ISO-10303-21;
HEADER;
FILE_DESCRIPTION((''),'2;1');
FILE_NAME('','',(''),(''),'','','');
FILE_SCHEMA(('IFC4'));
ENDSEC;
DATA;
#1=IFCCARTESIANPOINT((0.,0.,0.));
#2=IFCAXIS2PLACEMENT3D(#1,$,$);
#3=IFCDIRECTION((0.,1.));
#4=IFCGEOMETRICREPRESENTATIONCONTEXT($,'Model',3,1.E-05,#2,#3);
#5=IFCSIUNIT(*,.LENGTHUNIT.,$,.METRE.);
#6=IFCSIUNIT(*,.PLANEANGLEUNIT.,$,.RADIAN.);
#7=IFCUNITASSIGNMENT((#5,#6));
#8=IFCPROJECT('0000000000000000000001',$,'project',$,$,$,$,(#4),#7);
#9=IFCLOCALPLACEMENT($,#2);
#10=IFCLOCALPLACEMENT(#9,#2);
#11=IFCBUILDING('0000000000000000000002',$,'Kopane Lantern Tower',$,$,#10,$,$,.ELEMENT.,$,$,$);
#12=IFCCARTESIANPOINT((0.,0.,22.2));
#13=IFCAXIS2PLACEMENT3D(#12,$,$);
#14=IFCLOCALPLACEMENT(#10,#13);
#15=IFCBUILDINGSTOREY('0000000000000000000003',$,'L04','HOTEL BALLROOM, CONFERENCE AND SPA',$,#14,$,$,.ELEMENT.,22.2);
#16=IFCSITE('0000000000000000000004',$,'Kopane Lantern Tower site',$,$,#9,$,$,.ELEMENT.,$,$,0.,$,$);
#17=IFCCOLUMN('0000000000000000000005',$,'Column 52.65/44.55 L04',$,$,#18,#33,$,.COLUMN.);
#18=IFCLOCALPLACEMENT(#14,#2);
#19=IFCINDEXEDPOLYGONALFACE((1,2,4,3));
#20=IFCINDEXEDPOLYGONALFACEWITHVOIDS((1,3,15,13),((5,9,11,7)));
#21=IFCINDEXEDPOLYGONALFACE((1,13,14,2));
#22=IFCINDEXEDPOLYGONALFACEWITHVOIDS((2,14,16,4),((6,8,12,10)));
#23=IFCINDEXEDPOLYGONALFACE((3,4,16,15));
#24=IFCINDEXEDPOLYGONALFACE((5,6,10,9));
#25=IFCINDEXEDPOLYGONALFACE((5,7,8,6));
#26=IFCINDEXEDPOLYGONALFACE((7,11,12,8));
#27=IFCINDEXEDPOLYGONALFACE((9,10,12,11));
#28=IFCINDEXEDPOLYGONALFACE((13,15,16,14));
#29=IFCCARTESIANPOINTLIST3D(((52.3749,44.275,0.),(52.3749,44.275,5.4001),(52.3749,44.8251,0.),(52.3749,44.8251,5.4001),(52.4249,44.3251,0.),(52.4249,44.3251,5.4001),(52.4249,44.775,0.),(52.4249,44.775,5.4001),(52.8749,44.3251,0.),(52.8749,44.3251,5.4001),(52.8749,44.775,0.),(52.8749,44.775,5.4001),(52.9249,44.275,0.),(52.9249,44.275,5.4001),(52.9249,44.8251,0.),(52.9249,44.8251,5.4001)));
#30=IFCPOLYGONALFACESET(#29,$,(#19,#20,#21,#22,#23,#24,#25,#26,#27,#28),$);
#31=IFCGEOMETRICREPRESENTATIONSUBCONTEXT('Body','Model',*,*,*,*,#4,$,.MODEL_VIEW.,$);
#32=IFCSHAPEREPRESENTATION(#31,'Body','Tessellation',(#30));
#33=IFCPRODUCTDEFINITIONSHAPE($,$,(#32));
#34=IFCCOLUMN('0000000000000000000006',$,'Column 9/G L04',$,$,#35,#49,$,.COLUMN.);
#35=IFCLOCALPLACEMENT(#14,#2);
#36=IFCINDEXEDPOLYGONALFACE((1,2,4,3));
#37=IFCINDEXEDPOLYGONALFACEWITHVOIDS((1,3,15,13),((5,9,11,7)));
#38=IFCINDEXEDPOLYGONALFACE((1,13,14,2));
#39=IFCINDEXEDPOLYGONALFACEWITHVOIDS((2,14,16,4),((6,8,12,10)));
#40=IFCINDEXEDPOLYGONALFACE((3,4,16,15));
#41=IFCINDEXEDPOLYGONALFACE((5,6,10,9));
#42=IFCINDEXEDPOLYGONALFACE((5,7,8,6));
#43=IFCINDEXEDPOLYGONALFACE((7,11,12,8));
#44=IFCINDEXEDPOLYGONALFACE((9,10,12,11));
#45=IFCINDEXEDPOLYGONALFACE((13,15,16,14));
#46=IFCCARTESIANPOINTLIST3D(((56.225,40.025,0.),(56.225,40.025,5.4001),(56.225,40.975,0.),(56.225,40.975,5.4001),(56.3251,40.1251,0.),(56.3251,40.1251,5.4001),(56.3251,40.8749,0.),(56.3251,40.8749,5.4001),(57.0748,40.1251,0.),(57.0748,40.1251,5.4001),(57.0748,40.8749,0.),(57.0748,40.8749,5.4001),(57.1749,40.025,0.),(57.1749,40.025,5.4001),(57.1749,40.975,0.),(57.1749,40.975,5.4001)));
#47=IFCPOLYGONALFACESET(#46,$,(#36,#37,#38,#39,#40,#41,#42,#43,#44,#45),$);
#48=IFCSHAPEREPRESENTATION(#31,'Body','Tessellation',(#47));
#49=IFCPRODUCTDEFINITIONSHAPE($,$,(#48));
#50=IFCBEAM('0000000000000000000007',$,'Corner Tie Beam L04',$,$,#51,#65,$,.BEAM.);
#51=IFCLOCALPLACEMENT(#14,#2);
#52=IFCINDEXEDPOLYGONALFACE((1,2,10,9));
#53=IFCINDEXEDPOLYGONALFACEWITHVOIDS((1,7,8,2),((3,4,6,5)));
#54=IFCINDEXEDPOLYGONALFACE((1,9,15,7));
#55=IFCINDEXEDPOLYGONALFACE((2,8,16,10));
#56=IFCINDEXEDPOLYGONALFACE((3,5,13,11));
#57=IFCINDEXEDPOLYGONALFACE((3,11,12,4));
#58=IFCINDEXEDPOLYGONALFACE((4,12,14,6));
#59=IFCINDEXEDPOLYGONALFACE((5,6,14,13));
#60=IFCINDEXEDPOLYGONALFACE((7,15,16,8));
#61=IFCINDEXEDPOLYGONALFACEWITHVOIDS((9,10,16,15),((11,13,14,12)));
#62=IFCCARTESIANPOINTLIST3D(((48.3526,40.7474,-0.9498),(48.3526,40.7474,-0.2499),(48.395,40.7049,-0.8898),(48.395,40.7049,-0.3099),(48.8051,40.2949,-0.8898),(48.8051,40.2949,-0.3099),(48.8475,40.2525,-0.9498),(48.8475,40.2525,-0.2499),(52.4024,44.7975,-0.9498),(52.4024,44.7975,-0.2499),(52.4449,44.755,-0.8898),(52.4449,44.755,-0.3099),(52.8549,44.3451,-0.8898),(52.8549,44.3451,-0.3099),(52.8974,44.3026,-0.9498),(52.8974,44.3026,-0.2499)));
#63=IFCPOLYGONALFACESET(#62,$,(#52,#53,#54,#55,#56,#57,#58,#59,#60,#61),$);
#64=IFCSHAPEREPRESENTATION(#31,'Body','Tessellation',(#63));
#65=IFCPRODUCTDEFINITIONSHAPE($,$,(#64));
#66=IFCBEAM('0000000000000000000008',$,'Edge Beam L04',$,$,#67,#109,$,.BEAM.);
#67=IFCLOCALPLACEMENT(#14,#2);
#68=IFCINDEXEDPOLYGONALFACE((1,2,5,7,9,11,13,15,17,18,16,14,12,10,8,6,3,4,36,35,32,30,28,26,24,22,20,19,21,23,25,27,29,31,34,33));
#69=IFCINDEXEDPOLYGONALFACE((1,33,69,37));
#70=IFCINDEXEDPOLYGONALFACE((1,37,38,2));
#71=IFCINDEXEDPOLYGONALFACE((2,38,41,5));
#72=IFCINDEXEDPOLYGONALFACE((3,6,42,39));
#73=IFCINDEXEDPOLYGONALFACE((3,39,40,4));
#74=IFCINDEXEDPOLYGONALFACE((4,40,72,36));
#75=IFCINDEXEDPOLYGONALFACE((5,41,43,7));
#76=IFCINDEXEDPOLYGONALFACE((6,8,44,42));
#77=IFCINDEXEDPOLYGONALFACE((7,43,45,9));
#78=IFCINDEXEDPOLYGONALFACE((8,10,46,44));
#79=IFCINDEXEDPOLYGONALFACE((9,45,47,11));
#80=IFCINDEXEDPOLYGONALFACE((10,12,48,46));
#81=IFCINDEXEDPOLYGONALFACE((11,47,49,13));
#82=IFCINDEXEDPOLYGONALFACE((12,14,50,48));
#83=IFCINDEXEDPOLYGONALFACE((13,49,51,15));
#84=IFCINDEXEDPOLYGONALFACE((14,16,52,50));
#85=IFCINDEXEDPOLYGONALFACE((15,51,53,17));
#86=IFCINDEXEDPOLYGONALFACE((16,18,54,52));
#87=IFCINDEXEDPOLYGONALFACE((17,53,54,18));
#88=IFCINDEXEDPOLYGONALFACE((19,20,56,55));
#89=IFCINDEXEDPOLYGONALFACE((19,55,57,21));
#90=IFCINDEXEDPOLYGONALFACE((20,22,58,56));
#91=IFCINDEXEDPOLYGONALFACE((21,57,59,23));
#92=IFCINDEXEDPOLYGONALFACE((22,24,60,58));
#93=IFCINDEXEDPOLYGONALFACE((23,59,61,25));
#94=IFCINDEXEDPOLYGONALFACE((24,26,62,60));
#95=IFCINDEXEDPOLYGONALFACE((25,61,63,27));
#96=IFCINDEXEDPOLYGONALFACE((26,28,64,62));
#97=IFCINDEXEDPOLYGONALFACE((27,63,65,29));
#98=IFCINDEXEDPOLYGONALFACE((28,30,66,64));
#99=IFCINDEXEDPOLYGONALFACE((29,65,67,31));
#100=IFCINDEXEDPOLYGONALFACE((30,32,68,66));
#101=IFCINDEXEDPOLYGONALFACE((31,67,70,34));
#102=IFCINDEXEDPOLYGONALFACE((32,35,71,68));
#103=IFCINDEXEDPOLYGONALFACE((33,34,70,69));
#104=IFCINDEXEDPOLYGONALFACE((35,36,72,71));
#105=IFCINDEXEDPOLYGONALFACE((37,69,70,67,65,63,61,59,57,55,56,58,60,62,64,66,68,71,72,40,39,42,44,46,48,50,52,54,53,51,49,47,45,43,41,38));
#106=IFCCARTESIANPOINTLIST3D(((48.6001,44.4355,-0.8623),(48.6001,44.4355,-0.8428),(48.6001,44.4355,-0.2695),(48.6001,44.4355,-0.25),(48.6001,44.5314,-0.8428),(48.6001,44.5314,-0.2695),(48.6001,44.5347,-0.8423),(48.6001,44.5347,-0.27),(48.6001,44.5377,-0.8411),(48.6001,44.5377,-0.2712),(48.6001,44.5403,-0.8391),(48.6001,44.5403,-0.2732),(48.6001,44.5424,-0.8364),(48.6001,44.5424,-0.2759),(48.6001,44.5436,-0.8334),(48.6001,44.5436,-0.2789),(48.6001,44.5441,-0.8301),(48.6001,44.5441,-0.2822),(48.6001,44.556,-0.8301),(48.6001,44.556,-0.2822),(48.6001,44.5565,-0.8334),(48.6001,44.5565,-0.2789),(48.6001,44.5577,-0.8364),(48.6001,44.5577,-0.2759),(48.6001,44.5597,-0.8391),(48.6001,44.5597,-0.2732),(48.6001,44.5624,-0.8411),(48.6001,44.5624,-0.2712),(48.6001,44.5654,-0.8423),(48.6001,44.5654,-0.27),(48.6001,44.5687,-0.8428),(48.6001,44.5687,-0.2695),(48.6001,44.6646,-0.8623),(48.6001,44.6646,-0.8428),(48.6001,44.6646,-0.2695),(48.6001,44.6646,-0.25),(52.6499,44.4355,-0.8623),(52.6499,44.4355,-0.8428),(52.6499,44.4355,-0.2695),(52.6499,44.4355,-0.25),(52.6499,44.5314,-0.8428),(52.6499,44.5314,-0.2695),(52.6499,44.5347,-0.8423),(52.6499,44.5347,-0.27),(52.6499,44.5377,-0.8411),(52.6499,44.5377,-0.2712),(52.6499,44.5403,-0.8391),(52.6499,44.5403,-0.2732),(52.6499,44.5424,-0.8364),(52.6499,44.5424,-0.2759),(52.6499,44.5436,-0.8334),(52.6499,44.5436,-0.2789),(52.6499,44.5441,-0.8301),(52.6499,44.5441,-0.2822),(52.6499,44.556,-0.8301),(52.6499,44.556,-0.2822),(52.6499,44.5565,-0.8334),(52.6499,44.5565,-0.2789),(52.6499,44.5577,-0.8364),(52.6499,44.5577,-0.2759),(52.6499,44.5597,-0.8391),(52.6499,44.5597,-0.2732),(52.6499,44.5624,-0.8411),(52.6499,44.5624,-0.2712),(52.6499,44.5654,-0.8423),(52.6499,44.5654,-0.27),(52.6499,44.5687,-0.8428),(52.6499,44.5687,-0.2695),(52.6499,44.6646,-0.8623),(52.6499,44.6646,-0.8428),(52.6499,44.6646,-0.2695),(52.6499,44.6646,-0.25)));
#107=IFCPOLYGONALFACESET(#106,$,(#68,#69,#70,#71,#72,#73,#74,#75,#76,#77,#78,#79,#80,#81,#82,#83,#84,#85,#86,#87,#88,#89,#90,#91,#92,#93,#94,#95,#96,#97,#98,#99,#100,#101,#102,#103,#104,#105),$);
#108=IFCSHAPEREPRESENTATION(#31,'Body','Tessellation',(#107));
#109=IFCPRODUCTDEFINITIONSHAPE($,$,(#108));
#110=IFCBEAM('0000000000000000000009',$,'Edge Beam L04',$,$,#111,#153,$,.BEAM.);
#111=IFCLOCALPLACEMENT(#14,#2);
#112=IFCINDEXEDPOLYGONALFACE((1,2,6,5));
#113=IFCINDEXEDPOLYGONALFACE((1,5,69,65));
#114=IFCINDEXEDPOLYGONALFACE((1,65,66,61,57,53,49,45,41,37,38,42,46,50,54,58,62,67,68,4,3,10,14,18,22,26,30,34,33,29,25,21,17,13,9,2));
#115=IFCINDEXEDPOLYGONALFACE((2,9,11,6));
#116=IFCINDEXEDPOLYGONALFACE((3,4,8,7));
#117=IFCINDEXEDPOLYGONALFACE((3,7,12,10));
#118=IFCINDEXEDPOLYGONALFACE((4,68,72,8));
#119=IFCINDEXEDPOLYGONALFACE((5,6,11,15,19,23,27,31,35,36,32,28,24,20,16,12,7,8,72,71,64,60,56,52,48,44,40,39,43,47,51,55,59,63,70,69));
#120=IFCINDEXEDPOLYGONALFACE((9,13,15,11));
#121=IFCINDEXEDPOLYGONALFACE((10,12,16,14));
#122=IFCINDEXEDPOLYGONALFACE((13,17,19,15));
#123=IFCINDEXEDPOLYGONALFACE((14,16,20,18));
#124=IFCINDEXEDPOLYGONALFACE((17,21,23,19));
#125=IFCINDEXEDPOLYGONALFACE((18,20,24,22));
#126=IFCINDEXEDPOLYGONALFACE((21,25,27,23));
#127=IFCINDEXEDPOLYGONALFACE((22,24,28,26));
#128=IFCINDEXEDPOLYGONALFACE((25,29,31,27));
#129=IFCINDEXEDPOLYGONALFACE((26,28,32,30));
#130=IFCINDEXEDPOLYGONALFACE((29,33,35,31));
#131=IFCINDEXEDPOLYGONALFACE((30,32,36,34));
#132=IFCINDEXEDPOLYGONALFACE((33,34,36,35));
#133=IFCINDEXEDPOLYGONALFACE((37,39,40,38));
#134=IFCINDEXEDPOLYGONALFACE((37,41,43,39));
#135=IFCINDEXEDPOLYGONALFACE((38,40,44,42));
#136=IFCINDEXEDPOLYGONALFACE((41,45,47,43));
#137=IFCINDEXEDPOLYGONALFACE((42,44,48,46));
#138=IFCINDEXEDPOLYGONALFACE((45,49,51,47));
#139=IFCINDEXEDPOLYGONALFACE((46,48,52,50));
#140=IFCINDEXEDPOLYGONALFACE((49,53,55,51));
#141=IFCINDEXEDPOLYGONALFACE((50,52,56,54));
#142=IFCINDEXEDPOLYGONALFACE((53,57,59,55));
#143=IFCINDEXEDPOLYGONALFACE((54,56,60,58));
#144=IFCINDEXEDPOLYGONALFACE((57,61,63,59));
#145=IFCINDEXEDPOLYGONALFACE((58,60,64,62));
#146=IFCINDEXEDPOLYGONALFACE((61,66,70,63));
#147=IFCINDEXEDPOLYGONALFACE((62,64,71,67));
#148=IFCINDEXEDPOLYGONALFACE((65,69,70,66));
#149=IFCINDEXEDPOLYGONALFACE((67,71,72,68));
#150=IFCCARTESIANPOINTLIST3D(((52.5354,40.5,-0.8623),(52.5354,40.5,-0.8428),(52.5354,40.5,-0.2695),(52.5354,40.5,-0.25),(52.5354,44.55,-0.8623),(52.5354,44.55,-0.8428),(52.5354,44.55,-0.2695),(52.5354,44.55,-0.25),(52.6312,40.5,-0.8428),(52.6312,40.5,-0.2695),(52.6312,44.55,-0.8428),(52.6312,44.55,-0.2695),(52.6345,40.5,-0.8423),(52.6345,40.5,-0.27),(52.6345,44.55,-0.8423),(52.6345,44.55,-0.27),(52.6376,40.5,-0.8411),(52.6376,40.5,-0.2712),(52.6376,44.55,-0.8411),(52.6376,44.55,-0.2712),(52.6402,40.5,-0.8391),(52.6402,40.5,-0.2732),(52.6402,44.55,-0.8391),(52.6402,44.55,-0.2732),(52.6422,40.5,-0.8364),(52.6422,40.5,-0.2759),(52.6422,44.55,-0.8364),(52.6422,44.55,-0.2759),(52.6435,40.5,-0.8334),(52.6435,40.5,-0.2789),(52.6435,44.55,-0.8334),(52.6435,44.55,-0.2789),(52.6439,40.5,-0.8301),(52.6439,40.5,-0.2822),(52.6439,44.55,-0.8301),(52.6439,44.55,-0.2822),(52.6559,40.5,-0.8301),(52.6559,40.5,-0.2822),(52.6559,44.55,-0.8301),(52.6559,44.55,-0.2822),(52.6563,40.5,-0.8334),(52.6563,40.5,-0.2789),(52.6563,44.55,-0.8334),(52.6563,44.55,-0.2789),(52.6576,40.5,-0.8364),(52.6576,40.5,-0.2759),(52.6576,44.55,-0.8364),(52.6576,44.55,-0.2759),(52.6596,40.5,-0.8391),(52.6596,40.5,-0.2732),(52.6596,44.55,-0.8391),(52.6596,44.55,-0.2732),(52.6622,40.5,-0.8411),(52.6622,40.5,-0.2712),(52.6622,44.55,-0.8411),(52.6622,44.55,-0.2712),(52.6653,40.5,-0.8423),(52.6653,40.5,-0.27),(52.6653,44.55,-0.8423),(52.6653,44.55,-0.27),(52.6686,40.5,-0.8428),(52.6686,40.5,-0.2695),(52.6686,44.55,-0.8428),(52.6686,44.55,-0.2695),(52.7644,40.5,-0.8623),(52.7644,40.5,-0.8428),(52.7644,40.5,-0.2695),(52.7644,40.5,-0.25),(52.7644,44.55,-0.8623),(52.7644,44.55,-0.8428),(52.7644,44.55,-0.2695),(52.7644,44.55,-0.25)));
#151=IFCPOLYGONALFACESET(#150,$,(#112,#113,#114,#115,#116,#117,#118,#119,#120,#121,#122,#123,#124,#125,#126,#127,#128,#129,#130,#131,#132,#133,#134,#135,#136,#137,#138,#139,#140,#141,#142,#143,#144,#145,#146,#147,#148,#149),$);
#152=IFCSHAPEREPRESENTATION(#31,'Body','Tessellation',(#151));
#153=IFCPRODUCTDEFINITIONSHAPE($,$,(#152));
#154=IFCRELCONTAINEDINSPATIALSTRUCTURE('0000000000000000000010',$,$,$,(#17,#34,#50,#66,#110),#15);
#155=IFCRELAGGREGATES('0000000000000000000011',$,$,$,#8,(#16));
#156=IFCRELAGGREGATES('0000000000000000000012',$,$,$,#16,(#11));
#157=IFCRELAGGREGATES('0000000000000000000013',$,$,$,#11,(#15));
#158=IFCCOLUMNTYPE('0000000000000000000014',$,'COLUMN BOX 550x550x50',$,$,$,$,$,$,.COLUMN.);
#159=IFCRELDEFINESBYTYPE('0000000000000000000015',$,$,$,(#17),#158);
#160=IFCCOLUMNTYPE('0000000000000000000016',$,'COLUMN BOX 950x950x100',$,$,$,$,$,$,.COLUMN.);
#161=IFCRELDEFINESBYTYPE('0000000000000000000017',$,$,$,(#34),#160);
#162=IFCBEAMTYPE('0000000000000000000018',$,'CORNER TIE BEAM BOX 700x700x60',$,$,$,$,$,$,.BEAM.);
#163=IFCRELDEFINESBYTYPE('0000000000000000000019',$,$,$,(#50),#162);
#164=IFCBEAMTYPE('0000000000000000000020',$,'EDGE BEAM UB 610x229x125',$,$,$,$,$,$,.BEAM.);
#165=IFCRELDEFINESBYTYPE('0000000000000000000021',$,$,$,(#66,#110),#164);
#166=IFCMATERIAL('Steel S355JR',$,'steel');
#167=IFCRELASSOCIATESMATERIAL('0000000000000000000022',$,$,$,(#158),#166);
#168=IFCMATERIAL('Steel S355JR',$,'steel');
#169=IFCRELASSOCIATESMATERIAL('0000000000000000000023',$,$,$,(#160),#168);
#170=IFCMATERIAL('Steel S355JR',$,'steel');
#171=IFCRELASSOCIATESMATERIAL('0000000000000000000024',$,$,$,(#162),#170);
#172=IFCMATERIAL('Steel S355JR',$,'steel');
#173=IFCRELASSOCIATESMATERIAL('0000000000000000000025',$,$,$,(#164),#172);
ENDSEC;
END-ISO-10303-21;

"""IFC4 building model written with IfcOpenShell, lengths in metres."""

from ifc_helpers import new_model, si_unit, direction, frame, origin, origin_2d, place, context, subcontext, project, spatial, hollow_rectangle, i_section, extrude, material, material_profile, profile_set, type_object, element, save


model = new_model("IFC4")

# Units and contexts
model_context = context("Model", 3, precision=1e-05, world=origin(), true_north=direction((0.0, 1.0)))
body_context = subcontext(model_context, "Body", "Model", "MODEL_VIEW")
ifc_project = project(units=[si_unit("LENGTHUNIT", "METRE"), si_unit("PLANEANGLEUNIT", "RADIAN")], contexts=[model_context])

# Site, building, storey
site_placement = place(None, origin())
site = spatial("IfcSite", under=ifc_project, at=site_placement, Name="Kopane Lantern Tower site", CompositionType="ELEMENT", RefElevation=0.0)
building_placement = place(site_placement, origin())
building = spatial("IfcBuilding", under=site, at=building_placement, Name="Kopane Lantern Tower", CompositionType="ELEMENT")
storey_placement = place(building_placement, frame((0.0, 0.0, 22.2)))
storey = spatial("IfcBuildingStorey", under=building, at=storey_placement, Name="L04", Description="HOTEL BALLROOM, CONFERENCE AND SPA", CompositionType="ELEMENT", Elevation=22.2)

# Columns
ifc_material_1 = material(Name="Steel S355JR", Category="steel")
ifc_material_profile_1 = material_profile(ifc_material_1, hollow_rectangle(XDim=0.55, YDim=0.55, WallThickness=0.05, at=origin_2d()), Name="BOX 550x550x50")
ifc_profile_set_1 = profile_set([ifc_material_profile_1], Name="Steel S355JR")
column_type_1 = type_object("IfcColumnType", Name="COLUMN BOX 550x550x50", PredefinedType="COLUMN", material=ifc_profile_set_1)
column_1_placement = place(storey_placement, frame((52.6499, 44.55, 0.0), z_axis=(0.0, 0.0, 1.0), x_axis=(1.0, 0.0, 0.0)))
element("IfcColumn", 1, at=column_1_placement, inside=storey, type_object=column_type_1, Name="Column 52.65/44.55 L04", PredefinedType="COLUMN", context=body_context, shape_type="SweptSolid", body=[
    extrude(hollow_rectangle(XDim=0.55, YDim=0.55, WallThickness=0.05, at=origin_2d()), origin(), (0.0, 0.0, 1.0), 5.4001),
])
ifc_material_2 = material(Name="Steel S355JR", Category="steel")
ifc_material_profile_2 = material_profile(ifc_material_2, hollow_rectangle(XDim=0.95, YDim=0.95, WallThickness=0.1001, at=origin_2d()), Name="BOX 950x950x100")
ifc_profile_set_2 = profile_set([ifc_material_profile_2], Name="Steel S355JR")
column_type_2 = type_object("IfcColumnType", Name="COLUMN BOX 950x950x100", PredefinedType="COLUMN", material=ifc_profile_set_2)
column_2_placement = place(storey_placement, frame((56.7, 40.5, 0.0), z_axis=(0.0, 0.0, 1.0), x_axis=(1.0, 0.0, 0.0)))
element("IfcColumn", 2, at=column_2_placement, inside=storey, type_object=column_type_2, Name="Column 9/G L04", PredefinedType="COLUMN", context=body_context, shape_type="SweptSolid", body=[
    extrude(hollow_rectangle(XDim=0.95, YDim=0.95, WallThickness=0.1001, at=origin_2d()), origin(), (0.0, 0.0, 1.0), 5.4001),
])

# Beams
ifc_material_3 = material(Name="Steel S355JR", Category="steel")
ifc_material_profile_3 = material_profile(ifc_material_3, hollow_rectangle(XDim=0.7, YDim=0.7, WallThickness=0.0601, at=origin_2d()), Name="BOX 700x700x60")
ifc_profile_set_3 = profile_set([ifc_material_profile_3], Name="Steel S355JR")
beam_type_1 = type_object("IfcBeamType", Name="CORNER TIE BEAM BOX 700x700x60", PredefinedType="BEAM", material=ifc_profile_set_3)
beam_1_placement = place(storey_placement, frame((52.6499, 44.55, -0.5999), z_axis=(-0.707085, -0.707128, 0.0), x_axis=(0.707128, -0.707085, 0.0)))
element("IfcBeam", 3, at=beam_1_placement, inside=storey, type_object=beam_type_1, Name="Corner Tie Beam L04", PredefinedType="BEAM", context=body_context, shape_type="SweptSolid", body=[
    extrude(hollow_rectangle(XDim=0.7, YDim=0.7, WallThickness=0.0601, at=origin_2d()), origin(), (0.0, 0.0, 1.0), 5.7275),
])
ifc_material_4 = material(Name="Steel S355JR", Category="steel")
ifc_material_profile_4 = material_profile(ifc_material_4, i_section(OverallWidth=0.229, OverallDepth=0.6123, WebThickness=0.012, FlangeThickness=0.0195, FilletRadius=0.0127, at=origin_2d()), Name="UB 610x229x125")
ifc_profile_set_4 = profile_set([ifc_material_profile_4], Name="Steel S355JR")
beam_type_2 = type_object("IfcBeamType", Name="EDGE BEAM UB 610x229x125", PredefinedType="BEAM", material=ifc_profile_set_4)
beam_2_placement = place(storey_placement, frame((52.6499, 44.55, -0.5562), z_axis=(-1.0, 0.0, 0.0), x_axis=(0.0, -1.0, 0.0)))
element("IfcBeam", 4, at=beam_2_placement, inside=storey, type_object=beam_type_2, Name="Edge Beam L04", PredefinedType="BEAM", context=body_context, shape_type="SweptSolid", body=[
    extrude(i_section(OverallWidth=0.229, OverallDepth=0.6123, WebThickness=0.012, FlangeThickness=0.0195, FilletRadius=0.0127, at=origin_2d()), origin(), (0.0, 0.0, 1.0), 4.0498),
])
beam_3_placement = place(storey_placement, frame((52.6499, 44.55, -0.5562), z_axis=(0.0, -1.0, 0.0), x_axis=(1.0, 0.0, 0.0)))
element("IfcBeam", 5, at=beam_3_placement, inside=storey, type_object=beam_type_2, Name="Edge Beam L04", PredefinedType="BEAM", context=body_context, shape_type="SweptSolid", body=[
    extrude(i_section(OverallWidth=0.229, OverallDepth=0.6123, WebThickness=0.012, FlangeThickness=0.0195, FilletRadius=0.0127, at=origin_2d()), origin(), (0.0, 0.0, 1.0), 4.05),
])

save(model, "model.ifc")
